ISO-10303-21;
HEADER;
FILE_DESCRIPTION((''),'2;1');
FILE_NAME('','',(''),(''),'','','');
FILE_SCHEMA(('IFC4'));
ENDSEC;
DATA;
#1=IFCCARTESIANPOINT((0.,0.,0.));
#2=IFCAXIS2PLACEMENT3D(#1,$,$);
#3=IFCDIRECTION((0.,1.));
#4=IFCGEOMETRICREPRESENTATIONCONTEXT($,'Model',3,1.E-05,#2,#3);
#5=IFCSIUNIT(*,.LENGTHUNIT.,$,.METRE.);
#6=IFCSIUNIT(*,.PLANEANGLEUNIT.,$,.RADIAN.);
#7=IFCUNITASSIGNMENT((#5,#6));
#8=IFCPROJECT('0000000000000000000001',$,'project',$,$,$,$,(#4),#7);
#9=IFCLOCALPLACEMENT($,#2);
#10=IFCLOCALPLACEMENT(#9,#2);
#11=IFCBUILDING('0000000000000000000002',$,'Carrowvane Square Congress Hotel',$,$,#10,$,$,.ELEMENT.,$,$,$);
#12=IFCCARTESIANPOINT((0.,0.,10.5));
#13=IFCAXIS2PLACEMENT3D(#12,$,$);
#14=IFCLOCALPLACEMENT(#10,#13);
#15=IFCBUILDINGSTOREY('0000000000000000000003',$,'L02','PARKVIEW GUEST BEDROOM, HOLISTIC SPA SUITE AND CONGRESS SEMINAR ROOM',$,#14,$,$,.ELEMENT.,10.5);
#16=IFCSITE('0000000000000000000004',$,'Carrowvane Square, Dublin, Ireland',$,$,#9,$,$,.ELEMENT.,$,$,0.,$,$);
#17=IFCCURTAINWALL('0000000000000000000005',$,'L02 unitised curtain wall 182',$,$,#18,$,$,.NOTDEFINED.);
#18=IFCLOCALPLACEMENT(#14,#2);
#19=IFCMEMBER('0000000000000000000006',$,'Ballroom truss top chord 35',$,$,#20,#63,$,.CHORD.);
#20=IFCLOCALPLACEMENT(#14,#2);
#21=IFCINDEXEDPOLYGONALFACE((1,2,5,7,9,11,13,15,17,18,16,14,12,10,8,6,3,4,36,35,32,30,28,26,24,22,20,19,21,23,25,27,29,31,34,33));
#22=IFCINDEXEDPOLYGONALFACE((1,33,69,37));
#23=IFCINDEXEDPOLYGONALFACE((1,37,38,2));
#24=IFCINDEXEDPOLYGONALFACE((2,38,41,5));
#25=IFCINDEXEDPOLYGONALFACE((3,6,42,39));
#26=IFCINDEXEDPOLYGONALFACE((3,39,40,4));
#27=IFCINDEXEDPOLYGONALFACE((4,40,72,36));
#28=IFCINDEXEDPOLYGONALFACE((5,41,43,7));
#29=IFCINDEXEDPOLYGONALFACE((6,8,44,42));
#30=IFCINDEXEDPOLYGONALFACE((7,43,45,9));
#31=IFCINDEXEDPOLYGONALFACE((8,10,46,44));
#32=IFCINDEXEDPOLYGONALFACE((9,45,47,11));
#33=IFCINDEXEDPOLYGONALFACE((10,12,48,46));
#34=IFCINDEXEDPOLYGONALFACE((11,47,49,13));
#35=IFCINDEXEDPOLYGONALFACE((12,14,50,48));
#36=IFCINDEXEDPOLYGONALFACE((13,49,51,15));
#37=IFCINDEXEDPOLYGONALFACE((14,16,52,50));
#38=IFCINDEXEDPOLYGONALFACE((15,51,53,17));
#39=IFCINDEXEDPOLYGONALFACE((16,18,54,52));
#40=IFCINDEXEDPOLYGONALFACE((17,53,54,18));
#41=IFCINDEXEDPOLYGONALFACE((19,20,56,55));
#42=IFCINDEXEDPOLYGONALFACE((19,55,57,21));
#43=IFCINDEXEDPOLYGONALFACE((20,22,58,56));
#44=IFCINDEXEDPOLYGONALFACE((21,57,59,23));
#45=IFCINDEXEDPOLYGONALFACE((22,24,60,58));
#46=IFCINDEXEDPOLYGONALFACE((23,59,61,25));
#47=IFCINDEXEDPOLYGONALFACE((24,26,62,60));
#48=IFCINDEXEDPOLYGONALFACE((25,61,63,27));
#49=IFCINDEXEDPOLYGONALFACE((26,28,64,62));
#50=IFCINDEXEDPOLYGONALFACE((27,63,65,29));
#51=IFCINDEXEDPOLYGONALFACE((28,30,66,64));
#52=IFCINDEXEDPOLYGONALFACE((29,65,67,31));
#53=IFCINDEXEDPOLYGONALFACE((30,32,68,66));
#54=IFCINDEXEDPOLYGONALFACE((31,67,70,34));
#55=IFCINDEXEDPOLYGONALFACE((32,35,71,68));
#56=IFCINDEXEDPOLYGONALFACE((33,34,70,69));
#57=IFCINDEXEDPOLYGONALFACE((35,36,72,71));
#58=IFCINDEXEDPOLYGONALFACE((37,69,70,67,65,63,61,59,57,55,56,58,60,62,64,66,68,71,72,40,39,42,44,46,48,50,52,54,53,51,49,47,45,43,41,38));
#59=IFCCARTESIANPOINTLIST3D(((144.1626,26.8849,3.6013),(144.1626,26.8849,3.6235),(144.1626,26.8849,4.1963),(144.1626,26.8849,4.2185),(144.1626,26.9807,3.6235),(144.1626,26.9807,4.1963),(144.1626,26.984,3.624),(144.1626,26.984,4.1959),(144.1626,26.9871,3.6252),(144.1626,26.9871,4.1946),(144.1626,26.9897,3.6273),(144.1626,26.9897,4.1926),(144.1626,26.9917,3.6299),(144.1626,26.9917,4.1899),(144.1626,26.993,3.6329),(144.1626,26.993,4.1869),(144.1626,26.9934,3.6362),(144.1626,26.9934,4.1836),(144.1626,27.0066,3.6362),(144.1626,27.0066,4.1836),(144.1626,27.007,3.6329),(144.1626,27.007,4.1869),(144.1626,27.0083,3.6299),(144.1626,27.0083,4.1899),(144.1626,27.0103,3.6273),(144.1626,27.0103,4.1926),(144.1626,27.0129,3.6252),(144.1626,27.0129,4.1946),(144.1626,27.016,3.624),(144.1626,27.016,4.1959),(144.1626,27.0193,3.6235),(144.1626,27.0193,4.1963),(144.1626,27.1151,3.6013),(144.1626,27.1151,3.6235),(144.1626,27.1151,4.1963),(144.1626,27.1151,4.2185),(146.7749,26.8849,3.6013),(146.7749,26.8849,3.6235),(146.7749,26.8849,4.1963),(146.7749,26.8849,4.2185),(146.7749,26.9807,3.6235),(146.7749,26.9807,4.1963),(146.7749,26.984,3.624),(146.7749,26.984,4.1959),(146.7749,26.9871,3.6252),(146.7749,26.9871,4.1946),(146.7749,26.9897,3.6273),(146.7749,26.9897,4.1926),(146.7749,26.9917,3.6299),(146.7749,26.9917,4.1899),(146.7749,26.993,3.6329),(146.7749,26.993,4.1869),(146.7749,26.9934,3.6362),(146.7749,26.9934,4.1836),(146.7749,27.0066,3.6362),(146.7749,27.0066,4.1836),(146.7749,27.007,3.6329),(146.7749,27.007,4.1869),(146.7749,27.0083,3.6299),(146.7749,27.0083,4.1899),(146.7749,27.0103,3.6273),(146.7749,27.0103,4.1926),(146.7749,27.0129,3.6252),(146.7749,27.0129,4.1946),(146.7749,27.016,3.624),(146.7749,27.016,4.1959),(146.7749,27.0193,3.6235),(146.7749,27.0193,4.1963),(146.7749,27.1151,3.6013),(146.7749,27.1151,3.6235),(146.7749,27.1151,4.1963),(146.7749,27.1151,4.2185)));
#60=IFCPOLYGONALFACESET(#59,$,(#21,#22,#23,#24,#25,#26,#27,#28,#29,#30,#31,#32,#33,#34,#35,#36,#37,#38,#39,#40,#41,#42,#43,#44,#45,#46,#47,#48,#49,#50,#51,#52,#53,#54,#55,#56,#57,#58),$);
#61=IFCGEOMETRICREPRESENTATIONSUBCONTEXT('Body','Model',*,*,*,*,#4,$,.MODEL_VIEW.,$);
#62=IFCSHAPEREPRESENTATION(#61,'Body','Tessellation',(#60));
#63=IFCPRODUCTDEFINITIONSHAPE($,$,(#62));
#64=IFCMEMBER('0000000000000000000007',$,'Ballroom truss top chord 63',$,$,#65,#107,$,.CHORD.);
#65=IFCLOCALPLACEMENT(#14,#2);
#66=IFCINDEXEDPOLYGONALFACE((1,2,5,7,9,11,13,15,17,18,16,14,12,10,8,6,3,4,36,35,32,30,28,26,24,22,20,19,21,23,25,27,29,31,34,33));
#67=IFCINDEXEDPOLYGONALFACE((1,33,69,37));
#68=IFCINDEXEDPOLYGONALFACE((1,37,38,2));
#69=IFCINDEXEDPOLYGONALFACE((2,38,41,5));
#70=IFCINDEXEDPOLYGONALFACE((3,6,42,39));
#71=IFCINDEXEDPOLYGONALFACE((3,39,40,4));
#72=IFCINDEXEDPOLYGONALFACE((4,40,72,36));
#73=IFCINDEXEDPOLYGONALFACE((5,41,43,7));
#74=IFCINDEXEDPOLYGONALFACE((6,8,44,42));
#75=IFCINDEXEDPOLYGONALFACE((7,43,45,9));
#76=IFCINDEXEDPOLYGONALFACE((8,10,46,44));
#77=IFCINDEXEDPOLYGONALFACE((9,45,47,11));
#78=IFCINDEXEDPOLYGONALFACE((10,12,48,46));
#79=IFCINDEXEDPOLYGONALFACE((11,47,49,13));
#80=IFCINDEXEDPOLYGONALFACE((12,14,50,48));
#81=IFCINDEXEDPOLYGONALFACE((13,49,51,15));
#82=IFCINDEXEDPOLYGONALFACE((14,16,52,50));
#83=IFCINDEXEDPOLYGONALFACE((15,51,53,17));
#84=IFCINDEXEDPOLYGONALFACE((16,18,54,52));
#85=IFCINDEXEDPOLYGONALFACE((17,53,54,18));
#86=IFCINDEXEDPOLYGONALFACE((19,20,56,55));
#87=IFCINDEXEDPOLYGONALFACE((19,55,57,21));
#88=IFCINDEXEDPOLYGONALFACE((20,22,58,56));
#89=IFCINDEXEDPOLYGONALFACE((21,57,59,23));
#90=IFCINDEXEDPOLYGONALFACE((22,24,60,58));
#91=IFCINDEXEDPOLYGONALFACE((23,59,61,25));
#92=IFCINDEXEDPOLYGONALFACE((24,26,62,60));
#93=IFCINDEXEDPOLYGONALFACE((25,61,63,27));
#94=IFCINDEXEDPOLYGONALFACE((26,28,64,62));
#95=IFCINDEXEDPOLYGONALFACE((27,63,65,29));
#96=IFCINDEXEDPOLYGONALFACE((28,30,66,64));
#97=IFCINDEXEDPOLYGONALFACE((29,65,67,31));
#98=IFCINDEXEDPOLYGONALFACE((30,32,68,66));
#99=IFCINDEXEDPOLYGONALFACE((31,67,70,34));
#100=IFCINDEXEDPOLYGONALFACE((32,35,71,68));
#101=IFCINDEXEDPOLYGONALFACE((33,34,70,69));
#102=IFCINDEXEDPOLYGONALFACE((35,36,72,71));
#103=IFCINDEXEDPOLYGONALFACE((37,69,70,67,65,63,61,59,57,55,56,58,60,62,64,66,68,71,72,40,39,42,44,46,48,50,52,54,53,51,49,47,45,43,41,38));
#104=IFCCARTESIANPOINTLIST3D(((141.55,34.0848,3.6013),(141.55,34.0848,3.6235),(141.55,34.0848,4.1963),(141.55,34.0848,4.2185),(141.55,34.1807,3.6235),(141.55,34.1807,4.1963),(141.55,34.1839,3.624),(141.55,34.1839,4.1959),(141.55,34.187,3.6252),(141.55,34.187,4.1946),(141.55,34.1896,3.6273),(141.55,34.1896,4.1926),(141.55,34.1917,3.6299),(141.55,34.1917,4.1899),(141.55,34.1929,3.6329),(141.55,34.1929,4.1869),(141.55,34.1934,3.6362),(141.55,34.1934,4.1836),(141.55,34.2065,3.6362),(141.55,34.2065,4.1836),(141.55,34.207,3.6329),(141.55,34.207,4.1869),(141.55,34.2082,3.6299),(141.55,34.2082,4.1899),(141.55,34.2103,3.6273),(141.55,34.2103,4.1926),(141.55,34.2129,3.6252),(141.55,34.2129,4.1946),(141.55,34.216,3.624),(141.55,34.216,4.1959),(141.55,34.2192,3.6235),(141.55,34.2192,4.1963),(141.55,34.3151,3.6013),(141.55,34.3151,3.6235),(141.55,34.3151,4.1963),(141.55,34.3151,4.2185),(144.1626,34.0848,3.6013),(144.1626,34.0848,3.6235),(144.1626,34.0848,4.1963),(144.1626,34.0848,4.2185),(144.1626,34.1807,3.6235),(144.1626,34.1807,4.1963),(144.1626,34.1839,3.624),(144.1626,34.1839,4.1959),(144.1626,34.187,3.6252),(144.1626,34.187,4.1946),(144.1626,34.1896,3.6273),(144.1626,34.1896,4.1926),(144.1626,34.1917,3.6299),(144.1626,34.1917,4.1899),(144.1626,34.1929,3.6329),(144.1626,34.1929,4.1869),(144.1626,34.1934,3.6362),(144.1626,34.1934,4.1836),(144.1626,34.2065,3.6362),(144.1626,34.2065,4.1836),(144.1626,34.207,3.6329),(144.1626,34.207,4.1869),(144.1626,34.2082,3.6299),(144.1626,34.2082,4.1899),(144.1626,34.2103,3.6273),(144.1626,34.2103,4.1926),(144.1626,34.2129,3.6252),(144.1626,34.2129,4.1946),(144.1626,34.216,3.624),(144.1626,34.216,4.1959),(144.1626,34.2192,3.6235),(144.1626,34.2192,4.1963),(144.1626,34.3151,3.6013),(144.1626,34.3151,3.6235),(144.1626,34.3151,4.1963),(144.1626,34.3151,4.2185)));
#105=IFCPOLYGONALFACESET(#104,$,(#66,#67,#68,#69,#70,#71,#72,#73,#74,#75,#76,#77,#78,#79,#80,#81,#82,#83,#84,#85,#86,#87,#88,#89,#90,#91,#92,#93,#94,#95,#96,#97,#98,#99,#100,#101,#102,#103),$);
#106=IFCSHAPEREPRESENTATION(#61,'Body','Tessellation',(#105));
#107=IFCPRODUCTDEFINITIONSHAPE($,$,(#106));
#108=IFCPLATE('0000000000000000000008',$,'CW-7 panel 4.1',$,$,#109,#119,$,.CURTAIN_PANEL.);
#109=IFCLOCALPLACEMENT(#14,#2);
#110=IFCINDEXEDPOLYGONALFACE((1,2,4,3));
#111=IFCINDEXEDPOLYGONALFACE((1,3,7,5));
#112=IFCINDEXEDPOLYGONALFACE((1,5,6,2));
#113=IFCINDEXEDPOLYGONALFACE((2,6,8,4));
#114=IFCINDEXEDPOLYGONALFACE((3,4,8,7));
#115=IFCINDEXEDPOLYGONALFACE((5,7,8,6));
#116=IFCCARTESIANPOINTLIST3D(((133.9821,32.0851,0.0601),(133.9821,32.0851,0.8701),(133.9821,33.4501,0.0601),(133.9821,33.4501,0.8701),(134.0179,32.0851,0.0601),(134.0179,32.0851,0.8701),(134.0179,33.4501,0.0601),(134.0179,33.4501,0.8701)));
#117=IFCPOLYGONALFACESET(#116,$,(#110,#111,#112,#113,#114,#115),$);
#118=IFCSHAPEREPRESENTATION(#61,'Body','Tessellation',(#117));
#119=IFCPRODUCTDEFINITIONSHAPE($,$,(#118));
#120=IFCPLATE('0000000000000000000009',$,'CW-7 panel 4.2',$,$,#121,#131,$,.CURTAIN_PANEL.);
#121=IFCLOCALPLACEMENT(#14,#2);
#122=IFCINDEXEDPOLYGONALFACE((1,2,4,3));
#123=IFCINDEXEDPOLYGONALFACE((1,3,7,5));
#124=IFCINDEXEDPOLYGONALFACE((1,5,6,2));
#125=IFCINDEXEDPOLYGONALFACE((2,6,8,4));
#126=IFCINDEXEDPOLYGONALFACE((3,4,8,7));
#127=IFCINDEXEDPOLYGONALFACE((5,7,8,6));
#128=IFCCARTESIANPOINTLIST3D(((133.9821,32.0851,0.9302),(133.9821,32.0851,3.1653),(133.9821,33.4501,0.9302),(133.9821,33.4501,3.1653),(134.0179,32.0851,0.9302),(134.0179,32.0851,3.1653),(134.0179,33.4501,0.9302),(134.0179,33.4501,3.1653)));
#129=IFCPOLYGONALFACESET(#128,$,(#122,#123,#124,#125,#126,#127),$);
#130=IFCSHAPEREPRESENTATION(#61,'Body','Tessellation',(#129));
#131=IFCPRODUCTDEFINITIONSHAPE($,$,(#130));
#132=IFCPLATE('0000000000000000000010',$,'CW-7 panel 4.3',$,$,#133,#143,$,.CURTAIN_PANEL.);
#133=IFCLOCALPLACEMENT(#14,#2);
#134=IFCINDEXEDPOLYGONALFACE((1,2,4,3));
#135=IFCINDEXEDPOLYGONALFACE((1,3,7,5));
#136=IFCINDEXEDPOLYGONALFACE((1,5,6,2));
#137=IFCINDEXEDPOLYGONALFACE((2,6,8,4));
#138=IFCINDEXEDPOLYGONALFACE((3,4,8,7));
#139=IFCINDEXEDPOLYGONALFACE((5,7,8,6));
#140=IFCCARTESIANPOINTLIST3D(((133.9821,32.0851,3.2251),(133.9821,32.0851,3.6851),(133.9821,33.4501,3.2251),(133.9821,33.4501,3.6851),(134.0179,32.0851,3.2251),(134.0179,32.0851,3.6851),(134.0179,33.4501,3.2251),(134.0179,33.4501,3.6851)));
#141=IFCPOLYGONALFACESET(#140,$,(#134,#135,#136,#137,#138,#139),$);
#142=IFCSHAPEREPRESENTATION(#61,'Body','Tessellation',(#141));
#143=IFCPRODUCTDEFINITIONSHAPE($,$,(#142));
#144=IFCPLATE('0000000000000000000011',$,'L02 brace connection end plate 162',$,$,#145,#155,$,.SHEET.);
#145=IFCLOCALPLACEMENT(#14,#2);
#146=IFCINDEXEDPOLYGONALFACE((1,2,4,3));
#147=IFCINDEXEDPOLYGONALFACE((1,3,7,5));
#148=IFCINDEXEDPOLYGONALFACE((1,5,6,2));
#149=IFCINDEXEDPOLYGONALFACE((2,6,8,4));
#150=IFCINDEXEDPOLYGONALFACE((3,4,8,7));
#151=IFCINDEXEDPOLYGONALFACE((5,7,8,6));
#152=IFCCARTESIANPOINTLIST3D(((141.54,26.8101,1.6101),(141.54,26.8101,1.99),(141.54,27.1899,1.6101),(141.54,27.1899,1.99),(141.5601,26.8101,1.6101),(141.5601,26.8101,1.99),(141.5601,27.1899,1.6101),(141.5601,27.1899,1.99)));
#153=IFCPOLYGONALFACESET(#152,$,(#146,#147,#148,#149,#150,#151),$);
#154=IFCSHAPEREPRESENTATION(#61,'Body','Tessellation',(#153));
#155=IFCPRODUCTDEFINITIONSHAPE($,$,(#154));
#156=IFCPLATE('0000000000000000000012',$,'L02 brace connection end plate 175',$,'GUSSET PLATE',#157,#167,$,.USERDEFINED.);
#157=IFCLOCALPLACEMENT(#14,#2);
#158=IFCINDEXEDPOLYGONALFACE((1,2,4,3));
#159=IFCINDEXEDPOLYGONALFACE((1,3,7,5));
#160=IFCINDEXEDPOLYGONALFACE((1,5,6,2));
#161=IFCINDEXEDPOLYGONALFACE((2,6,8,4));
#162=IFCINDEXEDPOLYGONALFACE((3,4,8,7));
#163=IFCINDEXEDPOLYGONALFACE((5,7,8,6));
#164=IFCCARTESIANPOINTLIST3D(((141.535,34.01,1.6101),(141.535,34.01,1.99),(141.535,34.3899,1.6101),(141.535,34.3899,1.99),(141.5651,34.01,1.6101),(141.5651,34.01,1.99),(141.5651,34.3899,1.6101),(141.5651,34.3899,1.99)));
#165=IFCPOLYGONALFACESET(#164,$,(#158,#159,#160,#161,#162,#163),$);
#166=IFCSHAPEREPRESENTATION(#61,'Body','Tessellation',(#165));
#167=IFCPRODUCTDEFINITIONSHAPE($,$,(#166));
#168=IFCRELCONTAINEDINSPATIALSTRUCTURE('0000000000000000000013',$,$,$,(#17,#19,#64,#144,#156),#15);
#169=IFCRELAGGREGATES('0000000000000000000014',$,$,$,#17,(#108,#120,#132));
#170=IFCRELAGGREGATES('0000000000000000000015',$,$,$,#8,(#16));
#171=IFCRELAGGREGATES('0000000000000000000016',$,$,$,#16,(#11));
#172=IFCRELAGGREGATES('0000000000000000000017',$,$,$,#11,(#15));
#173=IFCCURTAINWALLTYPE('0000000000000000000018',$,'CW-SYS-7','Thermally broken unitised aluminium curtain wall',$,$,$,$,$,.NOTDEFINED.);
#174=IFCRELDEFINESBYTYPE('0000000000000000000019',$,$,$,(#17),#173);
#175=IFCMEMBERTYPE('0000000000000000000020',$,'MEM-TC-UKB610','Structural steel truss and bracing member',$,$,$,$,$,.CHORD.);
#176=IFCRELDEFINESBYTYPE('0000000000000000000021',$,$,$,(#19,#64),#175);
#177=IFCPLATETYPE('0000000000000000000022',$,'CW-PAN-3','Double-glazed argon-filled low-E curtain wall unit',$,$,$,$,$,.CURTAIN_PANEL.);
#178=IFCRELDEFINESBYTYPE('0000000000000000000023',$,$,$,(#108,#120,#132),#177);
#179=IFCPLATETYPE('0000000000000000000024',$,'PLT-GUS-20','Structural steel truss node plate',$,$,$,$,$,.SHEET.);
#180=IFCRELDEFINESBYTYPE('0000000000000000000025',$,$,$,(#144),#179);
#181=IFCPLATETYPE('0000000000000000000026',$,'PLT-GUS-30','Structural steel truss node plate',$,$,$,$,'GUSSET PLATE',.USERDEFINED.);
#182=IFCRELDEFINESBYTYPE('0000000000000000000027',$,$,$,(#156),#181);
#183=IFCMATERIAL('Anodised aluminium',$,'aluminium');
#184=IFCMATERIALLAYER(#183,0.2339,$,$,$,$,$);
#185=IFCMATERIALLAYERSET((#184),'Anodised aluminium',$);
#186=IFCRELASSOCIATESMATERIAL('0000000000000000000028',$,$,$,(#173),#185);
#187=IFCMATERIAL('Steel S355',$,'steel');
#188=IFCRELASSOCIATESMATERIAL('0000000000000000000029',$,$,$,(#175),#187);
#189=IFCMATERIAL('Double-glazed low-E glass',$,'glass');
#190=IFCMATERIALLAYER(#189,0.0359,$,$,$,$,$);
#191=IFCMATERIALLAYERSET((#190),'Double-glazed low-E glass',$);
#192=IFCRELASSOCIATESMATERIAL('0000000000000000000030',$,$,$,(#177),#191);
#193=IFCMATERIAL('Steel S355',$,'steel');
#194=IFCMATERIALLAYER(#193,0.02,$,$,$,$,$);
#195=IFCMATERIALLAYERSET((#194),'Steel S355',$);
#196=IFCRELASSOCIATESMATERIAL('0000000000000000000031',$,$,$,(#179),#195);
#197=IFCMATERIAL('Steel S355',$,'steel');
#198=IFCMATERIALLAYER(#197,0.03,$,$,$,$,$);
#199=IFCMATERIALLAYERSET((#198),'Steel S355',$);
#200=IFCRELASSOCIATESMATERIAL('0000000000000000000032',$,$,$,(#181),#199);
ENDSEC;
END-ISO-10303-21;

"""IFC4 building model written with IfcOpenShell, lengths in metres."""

from ifc_helpers import new_model, si_unit, direction, frame, origin, origin_2d, place, context, subcontext, project, spatial, rectangle, i_section, extrude, material, layer, layer_set, material_profile, profile_set, type_object, element, aggregate, save


model = new_model("IFC4")

# Units and contexts
model_context = context("Model", 3, precision=1e-05, world=origin(), true_north=direction((0.0, 1.0)))
body_context = subcontext(model_context, "Body", "Model", "MODEL_VIEW")
ifc_project = project(units=[si_unit("LENGTHUNIT", "METRE"), si_unit("PLANEANGLEUNIT", "RADIAN")], contexts=[model_context])

# Site, building, storey
site_placement = place(None, origin())
site = spatial("IfcSite", under=ifc_project, at=site_placement, Name="Carrowvane Square, Dublin, Ireland", CompositionType="ELEMENT", RefElevation=0.0)
building_placement = place(site_placement, origin())
building = spatial("IfcBuilding", under=site, at=building_placement, Name="Carrowvane Square Congress Hotel", CompositionType="ELEMENT")
storey_placement = place(building_placement, frame((0.0, 0.0, 10.5)))
storey = spatial("IfcBuildingStorey", under=building, at=storey_placement, Name="L02", Description="PARKVIEW GUEST BEDROOM, HOLISTIC SPA SUITE AND CONGRESS SEMINAR ROOM", CompositionType="ELEMENT", Elevation=10.5)

# Curtain wall
ifc_material_1 = material(Name="Anodised aluminium", Category="aluminium")
ifc_layer_1 = layer(ifc_material_1, 0.2339)
ifc_layer_set_1 = layer_set([ifc_layer_1], Name="Anodised aluminium")
curtain_wall_type = type_object("IfcCurtainWallType", Name="CW-SYS-7", Description="Thermally broken unitised aluminium curtain wall", PredefinedType="NOTDEFINED", material=ifc_layer_set_1)
curtain_wall_placement = place(storey_placement, origin())
curtain_wall = element("IfcCurtainWall", 1, at=curtain_wall_placement, inside=storey, type_object=curtain_wall_type, Name="L02 unitised curtain wall 182", PredefinedType="NOTDEFINED")

# Members
ifc_material_2 = material(Name="Steel S355", Category="steel")
ifc_material_profile_1 = material_profile(ifc_material_2, i_section(OverallWidth=0.2302, OverallDepth=0.6172, WebThickness=0.0132, FlangeThickness=0.0222, FilletRadius=0.0127, at=origin_2d()), Name="UKB 610x229x140")
ifc_profile_set_1 = profile_set([ifc_material_profile_1], Name="Steel S355")
member_type_1 = type_object("IfcMemberType", Name="MEM-TC-UKB610", Description="Structural steel truss and bracing member", PredefinedType="CHORD", material=ifc_profile_set_1)
member_1_placement = place(storey_placement, frame((144.1626, 27.0, 3.9099), z_axis=(1.0, 0.0, 0.0), x_axis=(0.0, 1.0, 0.0)))
element("IfcMember", 2, at=member_1_placement, inside=storey, type_object=member_type_1, Name="Ballroom truss top chord 35", PredefinedType="CHORD", context=body_context, shape_type="SweptSolid", body=[
    extrude(i_section(OverallWidth=0.2302, OverallDepth=0.6172, WebThickness=0.0132, FlangeThickness=0.0222, FilletRadius=0.0127, at=origin_2d()), origin(), (0.0, 0.0, 1.0), 2.6123),
])
member_2_placement = place(storey_placement, frame((141.55, 34.2, 3.9099), z_axis=(1.0, 0.0, 0.0), x_axis=(0.0, 1.0, 0.0)))
element("IfcMember", 3, at=member_2_placement, inside=storey, type_object=member_type_1, Name="Ballroom truss top chord 63", PredefinedType="CHORD", context=body_context, shape_type="SweptSolid", body=[
    extrude(i_section(OverallWidth=0.2302, OverallDepth=0.6172, WebThickness=0.0132, FlangeThickness=0.0222, FilletRadius=0.0127, at=origin_2d()), origin(), (0.0, 0.0, 1.0), 2.6125),
])

# Plates
ifc_material_3 = material(Name="Double-glazed low-E glass", Category="glass")
ifc_layer_2 = layer(ifc_material_3, 0.0359)
ifc_layer_set_2 = layer_set([ifc_layer_2], Name="Double-glazed low-E glass")
plate_type_1 = type_object("IfcPlateType", Name="CW-PAN-3", Description="Double-glazed argon-filled low-E curtain wall unit", PredefinedType="CURTAIN_PANEL", material=ifc_layer_set_2)
plate_1_placement = place(storey_placement, frame((134.0, 32.7676, 0.0601), z_axis=(0.0, 0.0, 1.0), x_axis=(0.0, 1.0, 0.0)))
plate_1 = element("IfcPlate", 4, at=plate_1_placement, type_object=plate_type_1, Name="CW-7 panel 4.1", PredefinedType="CURTAIN_PANEL", context=body_context, shape_type="SweptSolid", body=[
    extrude(rectangle(XDim=1.365, YDim=0.0359, at=origin_2d()), origin(), (0.0, 0.0, 1.0), 0.8101),
])
plate_2_placement = place(storey_placement, frame((134.0, 32.7676, 0.9302), z_axis=(0.0, 0.0, 1.0), x_axis=(0.0, 1.0, 0.0)))
plate_2 = element("IfcPlate", 5, at=plate_2_placement, type_object=plate_type_1, Name="CW-7 panel 4.2", PredefinedType="CURTAIN_PANEL", context=body_context, shape_type="SweptSolid", body=[
    extrude(rectangle(XDim=1.365, YDim=0.0359, at=origin_2d()), origin(), (0.0, 0.0, 1.0), 2.2351),
])
plate_3_placement = place(storey_placement, frame((134.0, 32.7676, 3.2251), z_axis=(0.0, 0.0, 1.0), x_axis=(0.0, 1.0, 0.0)))
plate_3 = element("IfcPlate", 6, at=plate_3_placement, type_object=plate_type_1, Name="CW-7 panel 4.3", PredefinedType="CURTAIN_PANEL", context=body_context, shape_type="SweptSolid", body=[
    extrude(rectangle(XDim=1.365, YDim=0.0359, at=origin_2d()), origin(), (0.0, 0.0, 1.0), 0.46),
])
aggregate(curtain_wall, [plate_1, plate_2, plate_3])

# Plates
ifc_material_4 = material(Name="Steel S355", Category="steel")
ifc_layer_3 = layer(ifc_material_4, 0.02)
ifc_layer_set_3 = layer_set([ifc_layer_3], Name="Steel S355")
plate_type_2 = type_object("IfcPlateType", Name="PLT-GUS-20", Description="Structural steel truss node plate", PredefinedType="SHEET", material=ifc_layer_set_3)
plate_4_placement = place(storey_placement, frame((141.55, 27.0, 1.6101), z_axis=(0.0, 0.0, 1.0), x_axis=(1.0, 0.0, 0.0)))
element("IfcPlate", 7, at=plate_4_placement, inside=storey, type_object=plate_type_2, Name="L02 brace connection end plate 162", PredefinedType="SHEET", context=body_context, shape_type="SweptSolid", body=[
    extrude(rectangle(XDim=0.02, YDim=0.3799, at=origin_2d()), origin(), (0.0, 0.0, 1.0), 0.3799),
])
ifc_material_5 = material(Name="Steel S355", Category="steel")
ifc_layer_4 = layer(ifc_material_5, 0.03)
ifc_layer_set_4 = layer_set([ifc_layer_4], Name="Steel S355")
plate_type_3 = type_object("IfcPlateType", Name="PLT-GUS-30", Description="Structural steel truss node plate", ElementType="GUSSET PLATE", PredefinedType="USERDEFINED", material=ifc_layer_set_4)
plate_5_placement = place(storey_placement, frame((141.55, 34.2, 1.6101), z_axis=(0.0, 0.0, 1.0), x_axis=(1.0, 0.0, 0.0)))
element("IfcPlate", 8, at=plate_5_placement, inside=storey, type_object=plate_type_3, Name="L02 brace connection end plate 175", ObjectType="GUSSET PLATE", PredefinedType="USERDEFINED", context=body_context, shape_type="SweptSolid", body=[
    extrude(rectangle(XDim=0.03, YDim=0.3799, at=origin_2d()), origin(), (0.0, 0.0, 1.0), 0.3799),
])

save(model, "model.ifc")
